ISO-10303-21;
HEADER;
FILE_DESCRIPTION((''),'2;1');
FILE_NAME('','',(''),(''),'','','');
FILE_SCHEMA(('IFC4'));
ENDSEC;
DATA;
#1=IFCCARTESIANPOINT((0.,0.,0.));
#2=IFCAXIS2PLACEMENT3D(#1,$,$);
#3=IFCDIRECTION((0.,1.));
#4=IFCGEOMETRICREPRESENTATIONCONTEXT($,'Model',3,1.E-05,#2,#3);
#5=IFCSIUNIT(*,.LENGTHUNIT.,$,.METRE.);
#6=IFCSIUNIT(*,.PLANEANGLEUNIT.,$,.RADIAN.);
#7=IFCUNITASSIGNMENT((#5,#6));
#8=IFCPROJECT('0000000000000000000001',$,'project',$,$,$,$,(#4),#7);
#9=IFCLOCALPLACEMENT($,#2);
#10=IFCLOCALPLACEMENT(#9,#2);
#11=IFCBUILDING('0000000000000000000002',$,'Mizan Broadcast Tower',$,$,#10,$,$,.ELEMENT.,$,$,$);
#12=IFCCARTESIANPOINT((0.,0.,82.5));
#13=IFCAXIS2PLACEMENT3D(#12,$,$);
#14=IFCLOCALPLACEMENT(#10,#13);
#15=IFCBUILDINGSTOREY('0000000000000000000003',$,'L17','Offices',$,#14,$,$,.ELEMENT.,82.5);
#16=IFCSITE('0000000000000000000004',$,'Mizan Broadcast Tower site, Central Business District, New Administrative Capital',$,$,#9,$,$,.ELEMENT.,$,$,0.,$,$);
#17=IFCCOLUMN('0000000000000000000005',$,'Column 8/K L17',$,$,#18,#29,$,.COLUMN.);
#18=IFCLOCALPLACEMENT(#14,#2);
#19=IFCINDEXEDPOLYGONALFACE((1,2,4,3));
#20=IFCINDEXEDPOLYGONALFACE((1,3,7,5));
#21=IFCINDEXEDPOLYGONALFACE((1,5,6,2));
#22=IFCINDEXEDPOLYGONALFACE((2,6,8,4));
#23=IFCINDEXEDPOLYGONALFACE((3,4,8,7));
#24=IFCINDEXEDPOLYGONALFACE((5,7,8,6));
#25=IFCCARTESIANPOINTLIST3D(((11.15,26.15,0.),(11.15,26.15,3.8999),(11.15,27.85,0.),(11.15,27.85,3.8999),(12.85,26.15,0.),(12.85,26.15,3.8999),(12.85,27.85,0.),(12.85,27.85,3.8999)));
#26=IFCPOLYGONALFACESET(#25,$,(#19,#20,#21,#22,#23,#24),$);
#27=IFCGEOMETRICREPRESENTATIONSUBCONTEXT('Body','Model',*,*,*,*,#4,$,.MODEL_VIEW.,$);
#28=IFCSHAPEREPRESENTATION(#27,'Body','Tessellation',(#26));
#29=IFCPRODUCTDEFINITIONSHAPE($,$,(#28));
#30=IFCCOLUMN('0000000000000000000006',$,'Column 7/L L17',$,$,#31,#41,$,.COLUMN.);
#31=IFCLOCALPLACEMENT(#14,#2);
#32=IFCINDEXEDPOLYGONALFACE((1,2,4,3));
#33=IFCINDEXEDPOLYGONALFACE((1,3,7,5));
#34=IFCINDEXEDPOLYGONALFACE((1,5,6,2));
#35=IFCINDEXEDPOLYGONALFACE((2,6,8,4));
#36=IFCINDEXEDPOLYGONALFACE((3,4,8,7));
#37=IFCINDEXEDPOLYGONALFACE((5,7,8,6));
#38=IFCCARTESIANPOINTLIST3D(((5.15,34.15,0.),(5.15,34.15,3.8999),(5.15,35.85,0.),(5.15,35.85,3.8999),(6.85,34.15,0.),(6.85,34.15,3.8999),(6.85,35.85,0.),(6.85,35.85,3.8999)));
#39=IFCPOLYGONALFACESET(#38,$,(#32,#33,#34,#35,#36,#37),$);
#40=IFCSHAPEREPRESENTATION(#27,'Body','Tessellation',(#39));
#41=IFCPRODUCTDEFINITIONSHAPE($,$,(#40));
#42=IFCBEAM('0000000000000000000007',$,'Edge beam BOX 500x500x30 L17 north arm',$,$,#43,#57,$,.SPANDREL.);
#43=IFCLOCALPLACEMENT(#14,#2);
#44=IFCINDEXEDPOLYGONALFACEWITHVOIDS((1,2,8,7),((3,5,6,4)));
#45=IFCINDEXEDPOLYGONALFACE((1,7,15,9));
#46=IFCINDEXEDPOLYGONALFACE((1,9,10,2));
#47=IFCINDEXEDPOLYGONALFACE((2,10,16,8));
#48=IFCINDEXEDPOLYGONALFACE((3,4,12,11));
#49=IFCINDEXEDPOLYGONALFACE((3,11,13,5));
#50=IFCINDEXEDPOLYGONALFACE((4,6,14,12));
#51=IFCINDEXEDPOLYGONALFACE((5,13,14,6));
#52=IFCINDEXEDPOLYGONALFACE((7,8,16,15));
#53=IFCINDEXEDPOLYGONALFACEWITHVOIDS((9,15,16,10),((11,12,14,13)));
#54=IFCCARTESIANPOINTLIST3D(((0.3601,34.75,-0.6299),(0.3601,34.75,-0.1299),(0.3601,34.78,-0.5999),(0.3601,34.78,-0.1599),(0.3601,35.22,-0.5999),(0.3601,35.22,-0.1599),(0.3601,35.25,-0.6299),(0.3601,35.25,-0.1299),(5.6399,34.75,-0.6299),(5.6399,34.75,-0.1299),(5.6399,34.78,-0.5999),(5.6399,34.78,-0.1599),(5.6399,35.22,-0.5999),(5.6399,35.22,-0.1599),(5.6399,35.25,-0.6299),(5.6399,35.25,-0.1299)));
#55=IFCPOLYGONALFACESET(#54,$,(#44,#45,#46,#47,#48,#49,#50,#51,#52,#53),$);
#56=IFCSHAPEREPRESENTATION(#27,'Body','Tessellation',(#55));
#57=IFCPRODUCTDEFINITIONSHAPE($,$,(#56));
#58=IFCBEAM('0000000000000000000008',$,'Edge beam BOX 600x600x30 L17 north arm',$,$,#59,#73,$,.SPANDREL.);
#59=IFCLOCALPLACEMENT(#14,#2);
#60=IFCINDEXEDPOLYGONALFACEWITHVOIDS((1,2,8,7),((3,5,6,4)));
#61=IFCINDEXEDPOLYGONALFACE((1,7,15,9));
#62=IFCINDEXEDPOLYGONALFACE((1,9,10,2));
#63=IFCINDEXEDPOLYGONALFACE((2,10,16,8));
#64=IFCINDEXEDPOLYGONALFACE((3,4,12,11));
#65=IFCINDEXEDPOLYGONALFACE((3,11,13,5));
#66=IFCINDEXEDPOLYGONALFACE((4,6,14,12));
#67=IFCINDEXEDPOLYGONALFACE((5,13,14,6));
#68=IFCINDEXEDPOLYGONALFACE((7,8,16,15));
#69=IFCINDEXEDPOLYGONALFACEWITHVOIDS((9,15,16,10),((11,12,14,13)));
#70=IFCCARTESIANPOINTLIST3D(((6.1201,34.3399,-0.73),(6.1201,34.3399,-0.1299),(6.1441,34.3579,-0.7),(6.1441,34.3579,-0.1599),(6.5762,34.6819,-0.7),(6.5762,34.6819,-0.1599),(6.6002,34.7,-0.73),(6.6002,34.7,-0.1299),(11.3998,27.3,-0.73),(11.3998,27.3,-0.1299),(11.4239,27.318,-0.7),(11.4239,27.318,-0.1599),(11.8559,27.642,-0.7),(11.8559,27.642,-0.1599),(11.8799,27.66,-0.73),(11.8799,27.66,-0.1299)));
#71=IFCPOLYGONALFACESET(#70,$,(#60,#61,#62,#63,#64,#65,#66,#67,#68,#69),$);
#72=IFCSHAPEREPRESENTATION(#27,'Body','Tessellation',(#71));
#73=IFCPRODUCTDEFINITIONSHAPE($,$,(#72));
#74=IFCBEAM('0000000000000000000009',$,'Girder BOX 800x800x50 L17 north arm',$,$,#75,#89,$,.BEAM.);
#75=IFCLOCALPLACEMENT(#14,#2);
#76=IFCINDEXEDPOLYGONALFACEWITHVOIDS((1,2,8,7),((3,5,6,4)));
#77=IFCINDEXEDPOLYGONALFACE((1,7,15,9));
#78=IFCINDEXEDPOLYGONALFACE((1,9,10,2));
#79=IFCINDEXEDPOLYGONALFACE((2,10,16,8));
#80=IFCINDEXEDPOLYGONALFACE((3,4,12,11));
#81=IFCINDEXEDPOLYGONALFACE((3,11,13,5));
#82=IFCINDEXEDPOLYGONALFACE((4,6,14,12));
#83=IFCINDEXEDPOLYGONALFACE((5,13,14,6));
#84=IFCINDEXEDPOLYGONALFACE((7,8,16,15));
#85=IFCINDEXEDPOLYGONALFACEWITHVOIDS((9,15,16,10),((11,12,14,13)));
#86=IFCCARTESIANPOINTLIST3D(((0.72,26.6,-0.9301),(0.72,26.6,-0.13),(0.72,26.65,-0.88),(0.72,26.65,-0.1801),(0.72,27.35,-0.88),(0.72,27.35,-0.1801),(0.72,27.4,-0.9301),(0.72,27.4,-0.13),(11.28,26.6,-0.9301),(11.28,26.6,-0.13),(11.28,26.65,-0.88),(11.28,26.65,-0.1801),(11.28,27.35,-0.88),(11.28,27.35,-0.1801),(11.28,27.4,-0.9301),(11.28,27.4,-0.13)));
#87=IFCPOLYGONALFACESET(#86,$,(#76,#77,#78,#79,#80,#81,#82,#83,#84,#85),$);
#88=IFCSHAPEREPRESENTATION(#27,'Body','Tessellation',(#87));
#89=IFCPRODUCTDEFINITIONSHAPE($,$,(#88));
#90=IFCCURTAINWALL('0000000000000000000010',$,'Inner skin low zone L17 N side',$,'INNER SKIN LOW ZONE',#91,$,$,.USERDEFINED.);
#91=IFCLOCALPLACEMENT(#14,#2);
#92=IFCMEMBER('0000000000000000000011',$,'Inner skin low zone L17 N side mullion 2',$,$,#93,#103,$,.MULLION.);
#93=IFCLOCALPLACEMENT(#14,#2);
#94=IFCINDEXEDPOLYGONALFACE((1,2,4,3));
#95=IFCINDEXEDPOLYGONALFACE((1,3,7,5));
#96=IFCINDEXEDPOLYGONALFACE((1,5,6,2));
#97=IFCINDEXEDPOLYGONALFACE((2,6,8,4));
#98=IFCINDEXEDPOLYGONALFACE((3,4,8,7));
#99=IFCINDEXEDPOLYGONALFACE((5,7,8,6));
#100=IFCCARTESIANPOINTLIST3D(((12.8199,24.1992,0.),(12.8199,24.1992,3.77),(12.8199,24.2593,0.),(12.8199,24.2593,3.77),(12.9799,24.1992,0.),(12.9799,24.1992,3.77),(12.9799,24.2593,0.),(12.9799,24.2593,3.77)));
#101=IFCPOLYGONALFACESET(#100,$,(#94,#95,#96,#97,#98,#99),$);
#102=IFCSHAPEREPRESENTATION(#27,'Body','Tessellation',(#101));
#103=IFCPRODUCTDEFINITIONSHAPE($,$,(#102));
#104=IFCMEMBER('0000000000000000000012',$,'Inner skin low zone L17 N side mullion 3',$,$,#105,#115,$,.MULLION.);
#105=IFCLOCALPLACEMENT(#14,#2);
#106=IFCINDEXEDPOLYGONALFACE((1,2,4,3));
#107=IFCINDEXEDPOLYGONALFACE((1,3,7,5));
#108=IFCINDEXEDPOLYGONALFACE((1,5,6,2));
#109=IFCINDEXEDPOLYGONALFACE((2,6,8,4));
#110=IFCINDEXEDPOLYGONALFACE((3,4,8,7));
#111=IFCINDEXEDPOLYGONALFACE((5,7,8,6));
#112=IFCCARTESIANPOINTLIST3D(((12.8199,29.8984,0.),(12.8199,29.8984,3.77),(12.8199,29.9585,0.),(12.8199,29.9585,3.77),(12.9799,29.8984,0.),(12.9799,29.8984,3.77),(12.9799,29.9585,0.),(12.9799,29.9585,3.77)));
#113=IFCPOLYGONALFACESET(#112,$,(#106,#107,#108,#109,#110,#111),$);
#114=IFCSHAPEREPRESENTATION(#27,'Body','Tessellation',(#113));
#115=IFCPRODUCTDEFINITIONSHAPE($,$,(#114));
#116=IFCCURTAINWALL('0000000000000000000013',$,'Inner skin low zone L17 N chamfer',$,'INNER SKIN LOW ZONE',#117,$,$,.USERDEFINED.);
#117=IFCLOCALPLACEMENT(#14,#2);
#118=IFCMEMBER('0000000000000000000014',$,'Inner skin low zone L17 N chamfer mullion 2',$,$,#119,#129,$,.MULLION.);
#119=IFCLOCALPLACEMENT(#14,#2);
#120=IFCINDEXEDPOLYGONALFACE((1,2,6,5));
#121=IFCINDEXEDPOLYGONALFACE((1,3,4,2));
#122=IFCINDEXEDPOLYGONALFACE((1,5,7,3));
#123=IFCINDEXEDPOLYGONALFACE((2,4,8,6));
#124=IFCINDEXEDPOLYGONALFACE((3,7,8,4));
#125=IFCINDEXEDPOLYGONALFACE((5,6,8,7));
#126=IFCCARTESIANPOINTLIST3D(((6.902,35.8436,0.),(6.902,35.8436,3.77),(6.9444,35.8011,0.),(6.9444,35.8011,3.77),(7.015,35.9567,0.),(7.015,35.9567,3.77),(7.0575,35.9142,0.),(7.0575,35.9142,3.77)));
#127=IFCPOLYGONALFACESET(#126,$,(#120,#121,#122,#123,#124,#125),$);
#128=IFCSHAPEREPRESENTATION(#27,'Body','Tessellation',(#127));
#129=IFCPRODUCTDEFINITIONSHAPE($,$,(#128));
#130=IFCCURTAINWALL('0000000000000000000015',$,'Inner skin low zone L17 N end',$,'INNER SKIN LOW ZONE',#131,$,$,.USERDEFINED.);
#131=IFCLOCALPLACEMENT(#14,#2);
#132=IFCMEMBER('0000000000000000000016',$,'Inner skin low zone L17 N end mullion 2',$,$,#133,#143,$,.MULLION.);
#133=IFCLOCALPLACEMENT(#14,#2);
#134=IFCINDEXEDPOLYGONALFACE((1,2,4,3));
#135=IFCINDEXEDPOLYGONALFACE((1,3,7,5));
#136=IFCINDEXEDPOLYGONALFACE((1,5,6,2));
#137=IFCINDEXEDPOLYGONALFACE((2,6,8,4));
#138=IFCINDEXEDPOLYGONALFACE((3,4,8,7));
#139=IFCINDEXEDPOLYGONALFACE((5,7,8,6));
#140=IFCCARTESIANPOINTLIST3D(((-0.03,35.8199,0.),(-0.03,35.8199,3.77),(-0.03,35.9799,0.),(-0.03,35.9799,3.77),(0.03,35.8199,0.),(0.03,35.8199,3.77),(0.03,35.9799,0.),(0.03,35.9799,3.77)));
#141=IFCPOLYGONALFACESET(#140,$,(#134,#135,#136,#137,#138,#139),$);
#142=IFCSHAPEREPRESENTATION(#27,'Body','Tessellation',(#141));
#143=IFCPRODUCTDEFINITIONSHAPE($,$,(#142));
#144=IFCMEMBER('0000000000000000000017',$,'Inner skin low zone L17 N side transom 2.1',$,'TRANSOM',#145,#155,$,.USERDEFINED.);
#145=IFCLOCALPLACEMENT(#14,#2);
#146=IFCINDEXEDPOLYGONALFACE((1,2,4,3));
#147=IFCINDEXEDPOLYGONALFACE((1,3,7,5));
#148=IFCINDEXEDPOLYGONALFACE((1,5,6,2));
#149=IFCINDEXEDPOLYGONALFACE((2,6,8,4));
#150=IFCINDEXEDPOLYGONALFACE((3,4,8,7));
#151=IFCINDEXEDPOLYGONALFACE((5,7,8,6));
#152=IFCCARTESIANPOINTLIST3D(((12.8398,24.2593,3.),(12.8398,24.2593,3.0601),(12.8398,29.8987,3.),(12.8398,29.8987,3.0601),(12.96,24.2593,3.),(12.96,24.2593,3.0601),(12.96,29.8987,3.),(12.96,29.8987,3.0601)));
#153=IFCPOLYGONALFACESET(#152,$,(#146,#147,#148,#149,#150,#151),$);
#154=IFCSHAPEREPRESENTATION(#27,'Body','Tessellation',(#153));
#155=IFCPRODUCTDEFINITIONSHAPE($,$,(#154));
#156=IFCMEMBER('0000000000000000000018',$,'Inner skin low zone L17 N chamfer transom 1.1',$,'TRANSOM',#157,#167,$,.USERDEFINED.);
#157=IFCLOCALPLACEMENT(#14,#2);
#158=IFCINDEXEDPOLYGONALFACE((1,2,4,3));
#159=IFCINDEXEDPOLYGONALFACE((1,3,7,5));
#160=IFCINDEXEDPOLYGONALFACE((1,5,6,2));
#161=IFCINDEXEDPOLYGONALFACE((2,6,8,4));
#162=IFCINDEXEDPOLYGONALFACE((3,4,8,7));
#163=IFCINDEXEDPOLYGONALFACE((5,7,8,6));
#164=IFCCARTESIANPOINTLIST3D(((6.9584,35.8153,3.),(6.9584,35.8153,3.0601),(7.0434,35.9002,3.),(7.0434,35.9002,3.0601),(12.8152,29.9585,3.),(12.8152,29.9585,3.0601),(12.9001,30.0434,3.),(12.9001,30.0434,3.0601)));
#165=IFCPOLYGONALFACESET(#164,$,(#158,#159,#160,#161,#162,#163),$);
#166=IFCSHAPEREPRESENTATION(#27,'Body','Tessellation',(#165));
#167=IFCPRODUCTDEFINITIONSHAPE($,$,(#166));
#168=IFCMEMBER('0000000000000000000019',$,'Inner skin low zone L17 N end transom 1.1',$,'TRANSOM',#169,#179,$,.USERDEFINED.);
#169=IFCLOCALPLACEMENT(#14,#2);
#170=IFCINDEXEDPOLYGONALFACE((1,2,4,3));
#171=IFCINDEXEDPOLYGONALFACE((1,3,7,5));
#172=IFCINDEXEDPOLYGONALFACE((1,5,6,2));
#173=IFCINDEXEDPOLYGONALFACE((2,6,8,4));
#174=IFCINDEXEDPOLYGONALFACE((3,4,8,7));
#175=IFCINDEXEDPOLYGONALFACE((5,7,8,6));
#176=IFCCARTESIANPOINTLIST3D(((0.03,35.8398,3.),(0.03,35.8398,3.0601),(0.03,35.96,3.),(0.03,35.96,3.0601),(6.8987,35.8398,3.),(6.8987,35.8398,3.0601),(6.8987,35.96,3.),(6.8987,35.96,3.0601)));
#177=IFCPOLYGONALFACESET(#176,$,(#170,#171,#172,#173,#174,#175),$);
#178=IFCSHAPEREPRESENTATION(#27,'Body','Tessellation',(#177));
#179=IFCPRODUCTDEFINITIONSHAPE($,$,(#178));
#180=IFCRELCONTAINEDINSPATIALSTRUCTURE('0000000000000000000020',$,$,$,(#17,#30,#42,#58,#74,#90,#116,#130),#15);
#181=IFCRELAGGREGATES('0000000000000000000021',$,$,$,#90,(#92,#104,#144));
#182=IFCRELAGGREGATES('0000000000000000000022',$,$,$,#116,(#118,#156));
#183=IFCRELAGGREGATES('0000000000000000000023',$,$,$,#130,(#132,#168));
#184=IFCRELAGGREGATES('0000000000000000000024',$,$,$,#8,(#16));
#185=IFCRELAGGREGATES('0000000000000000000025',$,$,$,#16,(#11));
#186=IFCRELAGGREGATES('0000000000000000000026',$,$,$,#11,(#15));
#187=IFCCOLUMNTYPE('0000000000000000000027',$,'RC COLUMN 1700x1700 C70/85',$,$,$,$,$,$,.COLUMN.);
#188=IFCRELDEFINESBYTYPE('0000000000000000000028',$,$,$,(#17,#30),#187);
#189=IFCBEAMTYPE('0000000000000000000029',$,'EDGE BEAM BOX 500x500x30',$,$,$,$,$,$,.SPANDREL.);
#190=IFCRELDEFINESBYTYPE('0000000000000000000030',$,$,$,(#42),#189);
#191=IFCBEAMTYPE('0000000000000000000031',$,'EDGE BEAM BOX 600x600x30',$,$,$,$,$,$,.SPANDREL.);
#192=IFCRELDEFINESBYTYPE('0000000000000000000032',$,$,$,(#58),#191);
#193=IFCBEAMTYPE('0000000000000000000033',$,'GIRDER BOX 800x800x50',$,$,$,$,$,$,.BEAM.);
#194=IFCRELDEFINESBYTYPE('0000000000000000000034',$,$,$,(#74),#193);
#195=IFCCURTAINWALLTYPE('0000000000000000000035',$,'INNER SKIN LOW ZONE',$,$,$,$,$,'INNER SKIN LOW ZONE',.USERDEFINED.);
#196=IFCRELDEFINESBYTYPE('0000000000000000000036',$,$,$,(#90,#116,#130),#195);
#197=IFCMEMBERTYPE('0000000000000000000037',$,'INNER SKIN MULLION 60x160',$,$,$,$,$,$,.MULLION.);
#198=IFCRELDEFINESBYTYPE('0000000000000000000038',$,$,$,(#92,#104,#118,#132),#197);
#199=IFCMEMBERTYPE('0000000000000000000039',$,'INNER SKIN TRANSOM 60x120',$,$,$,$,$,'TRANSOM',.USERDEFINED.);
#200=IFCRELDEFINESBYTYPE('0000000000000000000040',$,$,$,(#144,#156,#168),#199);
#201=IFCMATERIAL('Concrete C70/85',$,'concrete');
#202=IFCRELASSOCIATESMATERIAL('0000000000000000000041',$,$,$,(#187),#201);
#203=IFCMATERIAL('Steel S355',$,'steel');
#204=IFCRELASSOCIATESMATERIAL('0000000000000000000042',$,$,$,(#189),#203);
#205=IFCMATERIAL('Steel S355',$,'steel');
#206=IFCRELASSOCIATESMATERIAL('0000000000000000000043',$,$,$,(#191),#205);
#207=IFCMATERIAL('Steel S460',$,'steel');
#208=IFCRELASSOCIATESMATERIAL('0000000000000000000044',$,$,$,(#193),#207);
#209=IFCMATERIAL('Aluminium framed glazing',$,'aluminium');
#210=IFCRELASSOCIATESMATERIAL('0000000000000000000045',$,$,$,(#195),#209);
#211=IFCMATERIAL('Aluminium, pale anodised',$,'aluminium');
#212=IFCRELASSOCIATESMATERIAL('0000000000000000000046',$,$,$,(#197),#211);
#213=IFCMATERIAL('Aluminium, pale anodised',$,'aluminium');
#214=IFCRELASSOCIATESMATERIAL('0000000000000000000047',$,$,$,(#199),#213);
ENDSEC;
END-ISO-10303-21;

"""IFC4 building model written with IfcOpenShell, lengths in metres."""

from ifc_helpers import new_model, si_unit, direction, frame, origin, origin_2d, place, context, subcontext, project, spatial, rectangle, hollow_rectangle, extrude, material, material_profile, profile_set, type_object, element, aggregate, save


model = new_model("IFC4")

# Units and contexts
model_context = context("Model", 3, precision=1e-05, world=origin(), true_north=direction((0.0, 1.0)))
body_context = subcontext(model_context, "Body", "Model", "MODEL_VIEW")
ifc_project = project(units=[si_unit("LENGTHUNIT", "METRE"), si_unit("PLANEANGLEUNIT", "RADIAN")], contexts=[model_context])

# Site, building, storey
site_placement = place(None, origin())
site = spatial("IfcSite", under=ifc_project, at=site_placement, Name="Mizan Broadcast Tower site, Central Business District, New Administrative Capital", CompositionType="ELEMENT", RefElevation=0.0)
building_placement = place(site_placement, origin())
building = spatial("IfcBuilding", under=site, at=building_placement, Name="Mizan Broadcast Tower", CompositionType="ELEMENT")
storey_placement = place(building_placement, frame((0.0, 0.0, 82.5)))
storey = spatial("IfcBuildingStorey", under=building, at=storey_placement, Name="L17", Description="Offices", CompositionType="ELEMENT", Elevation=82.5)

# Columns
ifc_material_1 = material(Name="Concrete C70/85", Category="concrete")
ifc_material_profile_1 = material_profile(ifc_material_1, rectangle(XDim=1.7, YDim=1.7, at=origin_2d()), Name="RC 1700x1700")
ifc_profile_set_1 = profile_set([ifc_material_profile_1], Name="Concrete C70/85")
column_type = type_object("IfcColumnType", Name="RC COLUMN 1700x1700 C70/85", PredefinedType="COLUMN", material=ifc_profile_set_1)
for number, where, z_axis, x_axis, name in (
    (1, (12.0, 27.0, 0.0), (0.0, 0.0, 1.0), (1.0, 0.0, 0.0), "Column 8/K L17"),
    (2, (6.0, 35.0, 0.0), (0.0, 0.0, 1.0), (1.0, 0.0, 0.0), "Column 7/L L17"),
):
    element("IfcColumn", number, at=place(storey_placement, frame(where, z_axis=z_axis, x_axis=x_axis)), inside=storey, type_object=column_type, Name=name, PredefinedType="COLUMN", context=body_context, shape_type="SweptSolid", body=[
        extrude(rectangle(XDim=1.7, YDim=1.7, at=origin_2d()), origin(), (0.0, 0.0, 1.0), 3.8999),
    ])

# Beams
ifc_material_2 = material(Name="Steel S355", Category="steel")
ifc_material_profile_2 = material_profile(ifc_material_2, hollow_rectangle(XDim=0.5, YDim=0.5, WallThickness=0.03, at=origin_2d()), Name="BOX 500x500x30")
ifc_profile_set_2 = profile_set([ifc_material_profile_2], Name="Steel S355")
beam_type_1 = type_object("IfcBeamType", Name="EDGE BEAM BOX 500x500x30", PredefinedType="SPANDREL", material=ifc_profile_set_2)
beam_1_placement = place(storey_placement, frame((5.6399, 35.0, -0.3799), z_axis=(-1.0, 0.0, 0.0), x_axis=(0.0, -1.0, 0.0)))
element("IfcBeam", 3, at=beam_1_placement, inside=storey, type_object=beam_type_1, Name="Edge beam BOX 500x500x30 L17 north arm", PredefinedType="SPANDREL", context=body_context, shape_type="SweptSolid", body=[
    extrude(hollow_rectangle(XDim=0.5, YDim=0.5, WallThickness=0.03, at=origin_2d()), origin(), (0.0, 0.0, 1.0), 5.2798),
])
ifc_material_3 = material(Name="Steel S355", Category="steel")
ifc_material_profile_3 = material_profile(ifc_material_3, hollow_rectangle(XDim=0.6001, YDim=0.6001, WallThickness=0.03, at=origin_2d()), Name="BOX 600x600x30")
ifc_profile_set_3 = profile_set([ifc_material_profile_3], Name="Steel S355")
beam_type_2 = type_object("IfcBeamType", Name="EDGE BEAM BOX 600x600x30", PredefinedType="SPANDREL", material=ifc_profile_set_3)
beam_2_placement = place(storey_placement, frame((11.6399, 27.48, -0.4299), z_axis=(-0.599982, 0.800013, 0.0), x_axis=(-0.800013, -0.599982, 0.0)))
element("IfcBeam", 4, at=beam_2_placement, inside=storey, type_object=beam_type_2, Name="Edge beam BOX 600x600x30 L17 north arm", PredefinedType="SPANDREL", context=body_context, shape_type="SweptSolid", body=[
    extrude(hollow_rectangle(XDim=0.6001, YDim=0.6001, WallThickness=0.03, at=origin_2d()), origin(), (0.0, 0.0, 1.0), 8.7998),
])
ifc_material_4 = material(Name="Steel S460", Category="steel")
ifc_material_profile_4 = material_profile(ifc_material_4, hollow_rectangle(XDim=0.8, YDim=0.8, WallThickness=0.05, at=origin_2d()), Name="BOX 800x800x50")
ifc_profile_set_4 = profile_set([ifc_material_profile_4], Name="Steel S460")
beam_type_3 = type_object("IfcBeamType", Name="GIRDER BOX 800x800x50", PredefinedType="BEAM", material=ifc_profile_set_4)
beam_3_placement = place(storey_placement, frame((11.28, 27.0, -0.53), z_axis=(-1.0, 0.0, 0.0), x_axis=(0.0, -1.0, 0.0)))
element("IfcBeam", 5, at=beam_3_placement, inside=storey, type_object=beam_type_3, Name="Girder BOX 800x800x50 L17 north arm", PredefinedType="BEAM", context=body_context, shape_type="SweptSolid", body=[
    extrude(hollow_rectangle(XDim=0.8, YDim=0.8, WallThickness=0.05, at=origin_2d()), origin(), (0.0, 0.0, 1.0), 10.5601),
])

# Curtain wall, members
ifc_material_5 = material(Name="Aluminium framed glazing", Category="aluminium")
curtain_wall_type_1 = type_object("IfcCurtainWallType", Name="INNER SKIN LOW ZONE", ElementType="INNER SKIN LOW ZONE", PredefinedType="USERDEFINED", material=ifc_material_5)
curtain_wall_1_placement = place(storey_placement, origin())
curtain_wall_1 = element("IfcCurtainWall", 6, at=curtain_wall_1_placement, inside=storey, type_object=curtain_wall_type_1, Name="Inner skin low zone L17 N side", ObjectType="INNER SKIN LOW ZONE", PredefinedType="USERDEFINED")
ifc_material_6 = material(Name="Aluminium, pale anodised", Category="aluminium")
ifc_material_profile_5 = material_profile(ifc_material_6, rectangle(XDim=0.1599, YDim=0.0601, at=origin_2d()), Name="MULLION 160x60")
ifc_profile_set_5 = profile_set([ifc_material_profile_5], Name="Aluminium, pale anodised")
member_type_1 = type_object("IfcMemberType", Name="INNER SKIN MULLION 60x160", PredefinedType="MULLION", material=ifc_profile_set_5)
member_1_placement = place(storey_placement, frame((12.8999, 24.2292, 0.0), z_axis=(0.0, 0.0, 1.0), x_axis=(-1.0, 0.0, 0.0)))
member_1 = element("IfcMember", 7, at=member_1_placement, type_object=member_type_1, Name="Inner skin low zone L17 N side mullion 2", PredefinedType="MULLION", context=body_context, shape_type="SweptSolid", body=[
    extrude(rectangle(XDim=0.1599, YDim=0.0601, at=origin_2d()), origin(), (0.0, 0.0, 1.0), 3.77),
])
member_2_placement = place(storey_placement, frame((12.8999, 29.9285, 0.0), z_axis=(0.0, 0.0, 1.0), x_axis=(-1.0, 0.0, 0.0)))
member_2 = element("IfcMember", 8, at=member_2_placement, type_object=member_type_1, Name="Inner skin low zone L17 N side mullion 3", PredefinedType="MULLION", context=body_context, shape_type="SweptSolid", body=[
    extrude(rectangle(XDim=0.1599, YDim=0.0601, at=origin_2d()), origin(), (0.0, 0.0, 1.0), 3.77),
])

# Curtain walls, members
curtain_wall_2_placement = place(storey_placement, origin())
curtain_wall_2 = element("IfcCurtainWall", 9, at=curtain_wall_2_placement, inside=storey, type_object=curtain_wall_type_1, Name="Inner skin low zone L17 N chamfer", ObjectType="INNER SKIN LOW ZONE", PredefinedType="USERDEFINED")
member_3_placement = place(storey_placement, frame((6.9797, 35.8789, 0.0), z_axis=(0.0, 0.0, 1.0), x_axis=(-0.707107, -0.707107, 0.0)))
member_3 = element("IfcMember", 10, at=member_3_placement, type_object=member_type_1, Name="Inner skin low zone L17 N chamfer mullion 2", PredefinedType="MULLION", context=body_context, shape_type="SweptSolid", body=[
    extrude(rectangle(XDim=0.1599, YDim=0.0601, at=origin_2d()), origin(), (0.0, 0.0, 1.0), 3.77),
])
curtain_wall_3_placement = place(storey_placement, origin())
curtain_wall_3 = element("IfcCurtainWall", 11, at=curtain_wall_3_placement, inside=storey, type_object=curtain_wall_type_1, Name="Inner skin low zone L17 N end", ObjectType="INNER SKIN LOW ZONE", PredefinedType="USERDEFINED")
member_4_placement = place(storey_placement, frame((0.0, 35.8999, 0.0), z_axis=(0.0, 0.0, 1.0), x_axis=(0.0, -1.0, 0.0)))
member_4 = element("IfcMember", 12, at=member_4_placement, type_object=member_type_1, Name="Inner skin low zone L17 N end mullion 2", PredefinedType="MULLION", context=body_context, shape_type="SweptSolid", body=[
    extrude(rectangle(XDim=0.1599, YDim=0.0601, at=origin_2d()), origin(), (0.0, 0.0, 1.0), 3.77),
])

# Members
ifc_material_7 = material(Name="Aluminium, pale anodised", Category="aluminium")
ifc_material_profile_6 = material_profile(ifc_material_7, rectangle(XDim=0.1201, YDim=0.0601, at=origin_2d()), Name="TRANSOM 120x60")
ifc_profile_set_6 = profile_set([ifc_material_profile_6], Name="Aluminium, pale anodised")
member_type_2 = type_object("IfcMemberType", Name="INNER SKIN TRANSOM 60x120", ElementType="TRANSOM", PredefinedType="USERDEFINED", material=ifc_profile_set_6)
member_5_placement = place(storey_placement, frame((12.8999, 24.2593, 3.03), z_axis=(0.0, 1.0, 0.0), x_axis=(-1.0, 0.0, 0.0)))
member_5 = element("IfcMember", 13, at=member_5_placement, type_object=member_type_2, Name="Inner skin low zone L17 N side transom 2.1", ObjectType="TRANSOM", PredefinedType="USERDEFINED", context=body_context, shape_type="SweptSolid", body=[
    extrude(rectangle(XDim=0.1201, YDim=0.0601, at=origin_2d()), origin(), (0.0, 0.0, 1.0), 5.6394),
])
member_6_placement = place(storey_placement, frame((12.8577, 30.001, 3.03), z_axis=(-0.707107, 0.707107, 0.0), x_axis=(-0.707107, -0.707107, 0.0)))
member_6 = element("IfcMember", 14, at=member_6_placement, type_object=member_type_2, Name="Inner skin low zone L17 N chamfer transom 1.1", ObjectType="TRANSOM", PredefinedType="USERDEFINED", context=body_context, shape_type="SweptSolid", body=[
    extrude(rectangle(XDim=0.1201, YDim=0.0601, at=origin_2d()), origin(), (0.0, 0.0, 1.0), 8.2827),
])
member_7_placement = place(storey_placement, frame((6.8987, 35.8999, 3.03), z_axis=(-1.0, 0.0, 0.0), x_axis=(0.0, -1.0, 0.0)))
member_7 = element("IfcMember", 15, at=member_7_placement, type_object=member_type_2, Name="Inner skin low zone L17 N end transom 1.1", ObjectType="TRANSOM", PredefinedType="USERDEFINED", context=body_context, shape_type="SweptSolid", body=[
    extrude(rectangle(XDim=0.1201, YDim=0.0601, at=origin_2d()), origin(), (0.0, 0.0, 1.0), 6.8687),
])

aggregate(curtain_wall_1, [member_1, member_2, member_5])
aggregate(curtain_wall_2, [member_3, member_6])
aggregate(curtain_wall_3, [member_4, member_7])

save(model, "model.ifc")
